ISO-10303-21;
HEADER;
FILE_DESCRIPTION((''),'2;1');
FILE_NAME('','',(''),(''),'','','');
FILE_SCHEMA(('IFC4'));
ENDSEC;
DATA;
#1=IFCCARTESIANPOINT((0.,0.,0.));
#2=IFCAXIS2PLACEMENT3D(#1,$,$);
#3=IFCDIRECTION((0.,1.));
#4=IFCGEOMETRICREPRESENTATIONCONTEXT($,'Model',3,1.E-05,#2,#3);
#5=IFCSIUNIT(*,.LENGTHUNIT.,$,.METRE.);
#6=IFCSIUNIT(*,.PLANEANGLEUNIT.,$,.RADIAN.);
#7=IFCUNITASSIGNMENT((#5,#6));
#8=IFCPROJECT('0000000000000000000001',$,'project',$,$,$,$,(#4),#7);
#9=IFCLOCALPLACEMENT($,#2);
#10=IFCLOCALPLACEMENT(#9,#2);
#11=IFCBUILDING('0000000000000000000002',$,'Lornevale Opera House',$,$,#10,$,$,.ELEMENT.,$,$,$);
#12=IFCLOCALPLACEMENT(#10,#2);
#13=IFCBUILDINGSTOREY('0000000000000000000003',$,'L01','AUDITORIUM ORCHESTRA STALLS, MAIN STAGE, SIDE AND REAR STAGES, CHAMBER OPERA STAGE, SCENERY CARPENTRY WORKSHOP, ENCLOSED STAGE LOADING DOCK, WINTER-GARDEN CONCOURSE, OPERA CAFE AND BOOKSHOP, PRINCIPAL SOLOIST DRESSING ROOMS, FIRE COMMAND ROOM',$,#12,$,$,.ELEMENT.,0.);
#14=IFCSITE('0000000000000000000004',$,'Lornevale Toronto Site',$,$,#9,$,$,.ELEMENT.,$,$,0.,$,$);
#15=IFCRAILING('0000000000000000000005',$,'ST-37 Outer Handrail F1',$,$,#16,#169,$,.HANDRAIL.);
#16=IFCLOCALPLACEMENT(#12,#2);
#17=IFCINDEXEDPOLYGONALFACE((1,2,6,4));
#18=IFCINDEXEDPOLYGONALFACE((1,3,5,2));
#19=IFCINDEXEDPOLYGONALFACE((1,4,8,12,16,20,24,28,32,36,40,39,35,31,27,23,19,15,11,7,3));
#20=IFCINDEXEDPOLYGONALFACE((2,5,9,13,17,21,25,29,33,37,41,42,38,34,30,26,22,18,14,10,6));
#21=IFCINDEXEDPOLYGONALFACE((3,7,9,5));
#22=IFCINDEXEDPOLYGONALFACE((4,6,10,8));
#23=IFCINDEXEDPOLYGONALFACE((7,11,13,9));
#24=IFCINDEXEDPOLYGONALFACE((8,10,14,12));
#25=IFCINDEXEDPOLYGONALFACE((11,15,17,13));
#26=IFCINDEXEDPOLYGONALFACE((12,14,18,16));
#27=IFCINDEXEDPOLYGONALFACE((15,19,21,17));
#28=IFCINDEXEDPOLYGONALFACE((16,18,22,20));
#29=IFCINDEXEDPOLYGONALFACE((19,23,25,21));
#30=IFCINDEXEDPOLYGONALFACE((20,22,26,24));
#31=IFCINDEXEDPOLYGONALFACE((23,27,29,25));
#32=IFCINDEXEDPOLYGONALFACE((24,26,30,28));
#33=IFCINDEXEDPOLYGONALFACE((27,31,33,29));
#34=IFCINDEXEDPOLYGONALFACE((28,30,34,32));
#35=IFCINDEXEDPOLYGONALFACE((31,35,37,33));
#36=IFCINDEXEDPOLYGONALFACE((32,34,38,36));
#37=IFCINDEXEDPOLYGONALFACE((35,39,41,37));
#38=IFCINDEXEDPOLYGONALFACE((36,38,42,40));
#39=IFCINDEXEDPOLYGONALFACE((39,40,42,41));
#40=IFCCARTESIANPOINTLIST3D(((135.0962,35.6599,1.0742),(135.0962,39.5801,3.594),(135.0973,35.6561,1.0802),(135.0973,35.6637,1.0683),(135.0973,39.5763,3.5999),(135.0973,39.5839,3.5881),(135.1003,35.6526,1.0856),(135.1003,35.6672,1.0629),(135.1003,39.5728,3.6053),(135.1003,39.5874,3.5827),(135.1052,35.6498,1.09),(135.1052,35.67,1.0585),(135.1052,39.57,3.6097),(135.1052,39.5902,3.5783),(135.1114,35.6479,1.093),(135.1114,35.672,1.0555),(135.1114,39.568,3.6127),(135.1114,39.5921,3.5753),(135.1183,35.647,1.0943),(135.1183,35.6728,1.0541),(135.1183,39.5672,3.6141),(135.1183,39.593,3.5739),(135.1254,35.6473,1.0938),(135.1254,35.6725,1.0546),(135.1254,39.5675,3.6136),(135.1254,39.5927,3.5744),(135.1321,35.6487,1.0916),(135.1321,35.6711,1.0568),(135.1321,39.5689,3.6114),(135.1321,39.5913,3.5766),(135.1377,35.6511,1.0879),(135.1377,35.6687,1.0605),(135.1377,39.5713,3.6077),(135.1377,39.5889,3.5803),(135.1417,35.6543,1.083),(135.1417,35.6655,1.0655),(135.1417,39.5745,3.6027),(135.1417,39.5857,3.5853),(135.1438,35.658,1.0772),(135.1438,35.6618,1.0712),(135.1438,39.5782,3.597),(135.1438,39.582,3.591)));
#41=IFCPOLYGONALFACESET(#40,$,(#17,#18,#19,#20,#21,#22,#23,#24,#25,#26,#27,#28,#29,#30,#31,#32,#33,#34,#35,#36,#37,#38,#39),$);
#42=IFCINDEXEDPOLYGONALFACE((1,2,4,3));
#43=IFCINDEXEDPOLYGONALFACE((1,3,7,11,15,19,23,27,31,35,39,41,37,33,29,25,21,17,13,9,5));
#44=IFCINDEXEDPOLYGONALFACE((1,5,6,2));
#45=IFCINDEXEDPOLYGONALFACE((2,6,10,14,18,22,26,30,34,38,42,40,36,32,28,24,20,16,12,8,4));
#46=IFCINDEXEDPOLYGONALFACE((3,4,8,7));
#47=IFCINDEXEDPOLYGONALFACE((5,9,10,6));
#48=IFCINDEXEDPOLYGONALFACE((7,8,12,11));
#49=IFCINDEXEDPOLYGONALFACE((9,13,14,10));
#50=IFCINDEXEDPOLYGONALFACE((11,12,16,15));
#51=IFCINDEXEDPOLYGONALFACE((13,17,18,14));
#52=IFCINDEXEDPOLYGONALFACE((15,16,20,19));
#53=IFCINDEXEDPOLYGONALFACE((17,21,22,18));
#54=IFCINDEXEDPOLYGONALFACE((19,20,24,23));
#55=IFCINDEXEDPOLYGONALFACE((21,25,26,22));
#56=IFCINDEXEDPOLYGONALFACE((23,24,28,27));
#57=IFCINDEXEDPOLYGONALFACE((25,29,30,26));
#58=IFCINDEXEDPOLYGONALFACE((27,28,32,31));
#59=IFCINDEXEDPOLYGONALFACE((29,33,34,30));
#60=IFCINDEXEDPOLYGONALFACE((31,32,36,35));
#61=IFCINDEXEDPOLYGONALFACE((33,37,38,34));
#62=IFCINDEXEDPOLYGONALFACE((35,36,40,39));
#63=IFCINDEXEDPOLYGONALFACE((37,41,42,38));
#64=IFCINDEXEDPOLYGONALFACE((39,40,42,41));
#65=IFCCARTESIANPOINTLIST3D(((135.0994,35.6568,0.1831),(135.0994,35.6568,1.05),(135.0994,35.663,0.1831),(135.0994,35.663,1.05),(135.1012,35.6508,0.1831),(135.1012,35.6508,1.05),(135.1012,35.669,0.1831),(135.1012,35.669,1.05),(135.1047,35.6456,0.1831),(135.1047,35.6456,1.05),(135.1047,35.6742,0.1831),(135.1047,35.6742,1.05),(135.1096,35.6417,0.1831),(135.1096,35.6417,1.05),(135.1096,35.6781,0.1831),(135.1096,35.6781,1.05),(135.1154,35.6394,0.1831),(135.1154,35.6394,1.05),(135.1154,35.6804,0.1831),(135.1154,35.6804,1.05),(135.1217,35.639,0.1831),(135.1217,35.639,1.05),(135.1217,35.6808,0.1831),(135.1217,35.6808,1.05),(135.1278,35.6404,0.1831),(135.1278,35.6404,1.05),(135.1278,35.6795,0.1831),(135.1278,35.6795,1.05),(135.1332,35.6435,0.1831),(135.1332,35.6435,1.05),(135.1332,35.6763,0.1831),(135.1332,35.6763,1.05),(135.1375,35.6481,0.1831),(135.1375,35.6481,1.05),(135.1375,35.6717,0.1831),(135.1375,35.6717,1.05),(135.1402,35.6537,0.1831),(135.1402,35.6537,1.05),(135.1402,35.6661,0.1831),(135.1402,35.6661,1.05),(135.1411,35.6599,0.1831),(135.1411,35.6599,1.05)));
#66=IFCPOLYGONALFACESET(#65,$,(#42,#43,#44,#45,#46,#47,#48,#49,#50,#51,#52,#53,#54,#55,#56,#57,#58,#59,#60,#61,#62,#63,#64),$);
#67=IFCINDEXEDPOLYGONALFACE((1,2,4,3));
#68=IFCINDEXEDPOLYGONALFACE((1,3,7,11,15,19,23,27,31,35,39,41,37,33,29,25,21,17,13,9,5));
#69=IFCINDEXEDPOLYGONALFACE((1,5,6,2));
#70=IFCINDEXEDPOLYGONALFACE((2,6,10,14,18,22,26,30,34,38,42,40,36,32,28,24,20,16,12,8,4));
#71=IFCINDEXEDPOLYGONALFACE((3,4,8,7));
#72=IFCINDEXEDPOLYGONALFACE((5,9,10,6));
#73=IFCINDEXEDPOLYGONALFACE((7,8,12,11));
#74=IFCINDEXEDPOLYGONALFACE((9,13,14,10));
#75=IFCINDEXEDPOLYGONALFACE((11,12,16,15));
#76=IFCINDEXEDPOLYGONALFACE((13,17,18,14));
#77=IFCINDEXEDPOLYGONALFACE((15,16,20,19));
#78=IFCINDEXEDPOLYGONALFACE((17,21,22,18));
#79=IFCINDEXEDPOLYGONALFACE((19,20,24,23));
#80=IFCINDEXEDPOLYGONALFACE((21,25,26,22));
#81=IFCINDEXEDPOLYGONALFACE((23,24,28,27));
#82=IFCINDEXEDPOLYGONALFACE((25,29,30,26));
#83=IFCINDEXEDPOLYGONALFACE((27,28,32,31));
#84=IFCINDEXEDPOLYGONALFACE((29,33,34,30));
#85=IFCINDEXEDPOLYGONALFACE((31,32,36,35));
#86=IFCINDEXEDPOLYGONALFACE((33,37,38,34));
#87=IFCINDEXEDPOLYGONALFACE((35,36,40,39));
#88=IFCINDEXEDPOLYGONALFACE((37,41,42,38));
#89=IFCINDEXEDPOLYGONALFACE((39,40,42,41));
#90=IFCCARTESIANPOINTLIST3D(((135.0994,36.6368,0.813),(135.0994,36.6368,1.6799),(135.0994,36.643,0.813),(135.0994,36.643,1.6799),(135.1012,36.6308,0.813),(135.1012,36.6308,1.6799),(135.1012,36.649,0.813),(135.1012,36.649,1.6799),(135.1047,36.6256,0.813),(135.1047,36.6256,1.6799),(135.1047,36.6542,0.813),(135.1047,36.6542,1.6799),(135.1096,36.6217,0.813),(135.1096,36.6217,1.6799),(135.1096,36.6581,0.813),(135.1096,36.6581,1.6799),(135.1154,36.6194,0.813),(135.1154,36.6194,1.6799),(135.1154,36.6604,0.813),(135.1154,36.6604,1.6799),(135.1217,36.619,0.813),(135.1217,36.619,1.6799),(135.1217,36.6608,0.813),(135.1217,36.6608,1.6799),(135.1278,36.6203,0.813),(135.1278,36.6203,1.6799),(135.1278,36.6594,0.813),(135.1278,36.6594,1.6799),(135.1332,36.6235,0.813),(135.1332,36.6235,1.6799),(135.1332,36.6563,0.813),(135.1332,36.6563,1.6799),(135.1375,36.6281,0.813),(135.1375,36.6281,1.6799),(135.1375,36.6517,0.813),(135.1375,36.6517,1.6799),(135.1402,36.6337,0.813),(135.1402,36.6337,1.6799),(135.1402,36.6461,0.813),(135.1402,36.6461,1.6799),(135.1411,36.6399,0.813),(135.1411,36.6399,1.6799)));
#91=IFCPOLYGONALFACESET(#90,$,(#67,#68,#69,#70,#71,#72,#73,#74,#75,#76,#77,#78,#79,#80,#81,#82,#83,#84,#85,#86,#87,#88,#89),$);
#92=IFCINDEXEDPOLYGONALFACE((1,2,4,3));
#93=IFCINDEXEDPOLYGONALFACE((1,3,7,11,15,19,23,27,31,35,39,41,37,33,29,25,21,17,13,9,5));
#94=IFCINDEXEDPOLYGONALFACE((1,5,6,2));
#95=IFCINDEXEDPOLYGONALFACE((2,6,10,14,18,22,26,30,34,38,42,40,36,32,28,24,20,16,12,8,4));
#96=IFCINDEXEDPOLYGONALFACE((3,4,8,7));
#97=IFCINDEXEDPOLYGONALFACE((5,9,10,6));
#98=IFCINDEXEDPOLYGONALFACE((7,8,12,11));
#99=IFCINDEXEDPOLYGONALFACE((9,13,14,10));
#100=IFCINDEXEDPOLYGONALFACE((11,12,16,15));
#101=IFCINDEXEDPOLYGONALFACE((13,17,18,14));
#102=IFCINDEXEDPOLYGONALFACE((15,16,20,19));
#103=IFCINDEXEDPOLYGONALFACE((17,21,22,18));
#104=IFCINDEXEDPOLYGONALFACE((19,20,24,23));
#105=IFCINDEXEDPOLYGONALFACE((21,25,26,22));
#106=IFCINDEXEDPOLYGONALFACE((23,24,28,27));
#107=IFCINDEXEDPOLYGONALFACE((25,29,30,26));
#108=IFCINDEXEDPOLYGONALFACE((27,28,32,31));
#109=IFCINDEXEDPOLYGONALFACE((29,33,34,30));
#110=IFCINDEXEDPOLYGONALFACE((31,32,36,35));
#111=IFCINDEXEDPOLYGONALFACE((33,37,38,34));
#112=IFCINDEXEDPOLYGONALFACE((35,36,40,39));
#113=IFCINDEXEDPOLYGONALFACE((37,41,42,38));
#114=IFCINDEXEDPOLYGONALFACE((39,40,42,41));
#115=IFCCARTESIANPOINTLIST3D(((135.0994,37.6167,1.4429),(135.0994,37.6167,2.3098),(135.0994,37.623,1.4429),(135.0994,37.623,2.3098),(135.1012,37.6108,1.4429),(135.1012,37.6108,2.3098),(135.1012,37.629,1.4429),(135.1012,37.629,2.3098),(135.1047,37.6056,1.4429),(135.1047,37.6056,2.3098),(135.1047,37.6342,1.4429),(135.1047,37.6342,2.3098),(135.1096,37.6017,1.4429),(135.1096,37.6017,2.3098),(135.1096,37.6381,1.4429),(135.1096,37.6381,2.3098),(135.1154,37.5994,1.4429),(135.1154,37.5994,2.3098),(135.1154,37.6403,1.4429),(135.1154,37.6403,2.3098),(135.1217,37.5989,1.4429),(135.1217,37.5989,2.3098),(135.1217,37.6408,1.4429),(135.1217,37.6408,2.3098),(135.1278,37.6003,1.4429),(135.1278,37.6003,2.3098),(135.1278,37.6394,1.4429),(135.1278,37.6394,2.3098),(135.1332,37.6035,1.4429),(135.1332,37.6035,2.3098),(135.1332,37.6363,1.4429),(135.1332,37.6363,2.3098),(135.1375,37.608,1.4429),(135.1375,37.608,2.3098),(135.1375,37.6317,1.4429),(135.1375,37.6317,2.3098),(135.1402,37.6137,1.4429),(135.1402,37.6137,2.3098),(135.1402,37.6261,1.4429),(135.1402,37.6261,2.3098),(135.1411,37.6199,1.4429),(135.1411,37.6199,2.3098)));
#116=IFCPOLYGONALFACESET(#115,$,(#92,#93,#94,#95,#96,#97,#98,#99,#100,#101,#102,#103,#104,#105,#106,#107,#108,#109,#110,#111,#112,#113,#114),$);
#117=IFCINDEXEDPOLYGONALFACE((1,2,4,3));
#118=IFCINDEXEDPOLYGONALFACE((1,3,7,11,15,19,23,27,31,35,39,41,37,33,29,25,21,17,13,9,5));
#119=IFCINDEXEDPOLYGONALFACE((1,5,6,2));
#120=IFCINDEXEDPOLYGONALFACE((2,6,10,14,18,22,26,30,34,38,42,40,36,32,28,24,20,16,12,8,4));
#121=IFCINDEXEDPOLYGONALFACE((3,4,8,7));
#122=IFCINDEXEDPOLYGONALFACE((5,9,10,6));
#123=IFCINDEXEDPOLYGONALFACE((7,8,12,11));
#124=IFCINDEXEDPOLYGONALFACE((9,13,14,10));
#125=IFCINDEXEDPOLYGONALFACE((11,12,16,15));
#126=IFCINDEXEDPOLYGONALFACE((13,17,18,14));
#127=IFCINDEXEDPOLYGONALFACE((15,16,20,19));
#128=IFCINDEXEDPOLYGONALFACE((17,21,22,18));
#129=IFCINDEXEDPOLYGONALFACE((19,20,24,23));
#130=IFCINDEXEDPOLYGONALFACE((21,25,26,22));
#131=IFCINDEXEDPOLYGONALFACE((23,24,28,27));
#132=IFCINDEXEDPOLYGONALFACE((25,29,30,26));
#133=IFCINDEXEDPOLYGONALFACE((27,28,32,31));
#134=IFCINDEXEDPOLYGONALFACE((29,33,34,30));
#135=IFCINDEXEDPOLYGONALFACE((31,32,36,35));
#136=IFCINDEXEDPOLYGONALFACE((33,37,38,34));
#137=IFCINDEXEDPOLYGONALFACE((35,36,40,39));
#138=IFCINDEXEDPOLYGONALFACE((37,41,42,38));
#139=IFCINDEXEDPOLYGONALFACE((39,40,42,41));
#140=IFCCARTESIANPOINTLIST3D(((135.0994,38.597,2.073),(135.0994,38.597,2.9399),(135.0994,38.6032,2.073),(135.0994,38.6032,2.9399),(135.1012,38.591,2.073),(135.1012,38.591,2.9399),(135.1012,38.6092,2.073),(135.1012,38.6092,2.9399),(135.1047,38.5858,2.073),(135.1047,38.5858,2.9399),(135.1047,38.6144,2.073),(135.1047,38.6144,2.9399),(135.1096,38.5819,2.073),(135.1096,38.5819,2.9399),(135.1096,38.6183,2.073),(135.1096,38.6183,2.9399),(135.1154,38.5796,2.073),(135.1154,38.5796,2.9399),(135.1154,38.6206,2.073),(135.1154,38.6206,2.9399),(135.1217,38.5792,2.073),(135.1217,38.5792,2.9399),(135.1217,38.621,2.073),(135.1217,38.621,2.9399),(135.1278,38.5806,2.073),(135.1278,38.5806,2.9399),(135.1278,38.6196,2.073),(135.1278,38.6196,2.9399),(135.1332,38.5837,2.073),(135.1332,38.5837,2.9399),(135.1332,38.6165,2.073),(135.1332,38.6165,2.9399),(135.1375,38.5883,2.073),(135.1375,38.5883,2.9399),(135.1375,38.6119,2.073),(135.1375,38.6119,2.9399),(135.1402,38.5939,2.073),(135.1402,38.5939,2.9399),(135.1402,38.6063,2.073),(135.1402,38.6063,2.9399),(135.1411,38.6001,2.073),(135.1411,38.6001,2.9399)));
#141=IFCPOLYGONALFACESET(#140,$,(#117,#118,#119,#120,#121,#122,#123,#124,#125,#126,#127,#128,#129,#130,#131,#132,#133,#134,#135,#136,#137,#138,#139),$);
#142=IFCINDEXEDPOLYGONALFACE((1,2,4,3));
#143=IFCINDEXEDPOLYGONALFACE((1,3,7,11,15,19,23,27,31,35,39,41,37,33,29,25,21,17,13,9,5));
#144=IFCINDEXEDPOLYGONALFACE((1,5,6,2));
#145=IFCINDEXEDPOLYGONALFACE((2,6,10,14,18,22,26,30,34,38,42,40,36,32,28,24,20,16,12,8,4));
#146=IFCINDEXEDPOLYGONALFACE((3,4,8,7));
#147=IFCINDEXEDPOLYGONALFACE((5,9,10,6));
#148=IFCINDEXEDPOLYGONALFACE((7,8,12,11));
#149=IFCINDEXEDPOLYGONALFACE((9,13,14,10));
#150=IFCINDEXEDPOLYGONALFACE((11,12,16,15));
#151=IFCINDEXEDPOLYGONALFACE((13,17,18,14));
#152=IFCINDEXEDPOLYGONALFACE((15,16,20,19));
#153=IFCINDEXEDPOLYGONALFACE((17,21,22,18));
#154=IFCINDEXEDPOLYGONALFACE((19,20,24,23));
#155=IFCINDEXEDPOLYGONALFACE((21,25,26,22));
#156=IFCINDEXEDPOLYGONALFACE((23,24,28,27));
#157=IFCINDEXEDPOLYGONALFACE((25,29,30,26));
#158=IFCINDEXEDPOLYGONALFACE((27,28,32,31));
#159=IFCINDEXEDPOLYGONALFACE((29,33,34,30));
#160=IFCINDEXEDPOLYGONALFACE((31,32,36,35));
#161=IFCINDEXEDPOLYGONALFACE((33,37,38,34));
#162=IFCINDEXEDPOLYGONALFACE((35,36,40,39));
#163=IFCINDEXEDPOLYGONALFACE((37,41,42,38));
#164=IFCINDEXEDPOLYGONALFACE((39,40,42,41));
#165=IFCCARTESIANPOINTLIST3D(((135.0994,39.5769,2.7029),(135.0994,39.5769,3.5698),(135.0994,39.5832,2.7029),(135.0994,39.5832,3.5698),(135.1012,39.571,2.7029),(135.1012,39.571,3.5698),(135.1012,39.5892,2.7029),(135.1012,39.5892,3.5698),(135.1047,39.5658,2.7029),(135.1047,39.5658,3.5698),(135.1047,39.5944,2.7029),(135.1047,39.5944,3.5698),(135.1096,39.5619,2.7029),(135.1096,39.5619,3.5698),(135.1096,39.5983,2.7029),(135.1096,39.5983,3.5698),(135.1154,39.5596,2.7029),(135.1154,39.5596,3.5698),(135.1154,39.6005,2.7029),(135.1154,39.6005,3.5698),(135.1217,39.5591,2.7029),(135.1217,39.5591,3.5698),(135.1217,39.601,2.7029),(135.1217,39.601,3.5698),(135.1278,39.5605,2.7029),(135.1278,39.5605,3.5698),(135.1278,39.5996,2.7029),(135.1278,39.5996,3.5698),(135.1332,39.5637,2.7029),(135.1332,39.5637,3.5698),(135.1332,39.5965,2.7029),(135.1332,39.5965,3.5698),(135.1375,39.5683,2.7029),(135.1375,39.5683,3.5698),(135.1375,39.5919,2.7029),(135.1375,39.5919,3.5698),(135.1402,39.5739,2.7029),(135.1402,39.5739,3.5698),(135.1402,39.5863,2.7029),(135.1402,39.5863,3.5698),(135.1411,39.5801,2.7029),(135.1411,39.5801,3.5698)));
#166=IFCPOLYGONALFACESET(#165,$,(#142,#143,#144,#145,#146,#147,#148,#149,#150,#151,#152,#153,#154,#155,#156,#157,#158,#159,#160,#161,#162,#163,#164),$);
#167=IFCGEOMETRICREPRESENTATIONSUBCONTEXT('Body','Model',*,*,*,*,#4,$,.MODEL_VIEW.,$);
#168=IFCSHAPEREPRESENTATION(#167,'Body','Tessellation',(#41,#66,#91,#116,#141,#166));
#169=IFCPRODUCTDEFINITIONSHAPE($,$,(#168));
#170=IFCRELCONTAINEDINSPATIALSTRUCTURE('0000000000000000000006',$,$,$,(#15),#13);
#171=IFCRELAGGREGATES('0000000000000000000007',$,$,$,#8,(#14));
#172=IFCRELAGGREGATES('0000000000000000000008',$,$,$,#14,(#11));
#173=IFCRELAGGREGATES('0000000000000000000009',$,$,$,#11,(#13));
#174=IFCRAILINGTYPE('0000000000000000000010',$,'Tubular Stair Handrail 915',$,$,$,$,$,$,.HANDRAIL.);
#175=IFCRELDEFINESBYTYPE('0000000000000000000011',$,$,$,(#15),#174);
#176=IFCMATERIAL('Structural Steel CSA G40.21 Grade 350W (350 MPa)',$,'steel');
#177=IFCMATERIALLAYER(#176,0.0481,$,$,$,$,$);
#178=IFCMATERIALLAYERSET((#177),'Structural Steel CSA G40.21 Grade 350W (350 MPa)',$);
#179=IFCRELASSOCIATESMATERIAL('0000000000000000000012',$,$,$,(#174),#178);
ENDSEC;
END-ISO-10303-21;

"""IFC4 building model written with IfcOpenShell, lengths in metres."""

from ifc_helpers import new_model, si_unit, direction, frame, origin, origin_2d, place, context, subcontext, project, spatial, circle, extrude, material, layer, layer_set, type_object, element, save


model = new_model("IFC4")

# Units and contexts
model_context = context("Model", 3, precision=1e-05, world=origin(), true_north=direction((0.0, 1.0)))
body_context = subcontext(model_context, "Body", "Model", "MODEL_VIEW")
ifc_project = project(units=[si_unit("LENGTHUNIT", "METRE"), si_unit("PLANEANGLEUNIT", "RADIAN")], contexts=[model_context])

# Site, building, storey
site_placement = place(None, origin())
site = spatial("IfcSite", under=ifc_project, at=site_placement, Name="Lornevale Toronto Site", CompositionType="ELEMENT", RefElevation=0.0)
building_placement = place(site_placement, origin())
building = spatial("IfcBuilding", under=site, at=building_placement, Name="Lornevale Opera House", CompositionType="ELEMENT")
storey_placement = place(building_placement, origin())
storey = spatial("IfcBuildingStorey", under=building, at=storey_placement, Name="L01", Description="AUDITORIUM ORCHESTRA STALLS, MAIN STAGE, SIDE AND REAR STAGES, CHAMBER OPERA STAGE, SCENERY CARPENTRY WORKSHOP, ENCLOSED STAGE LOADING DOCK, WINTER-GARDEN CONCOURSE, OPERA CAFE AND BOOKSHOP, PRINCIPAL SOLOIST DRESSING ROOMS, FIRE COMMAND ROOM", CompositionType="ELEMENT", Elevation=0.0)

# Railing
ifc_material_1 = material(Name="Structural Steel CSA G40.21 Grade 350W (350 MPa)", Category="steel")
ifc_layer_1 = layer(ifc_material_1, 0.0481)
ifc_layer_set_1 = layer_set([ifc_layer_1], Name="Structural Steel CSA G40.21 Grade 350W (350 MPa)")
railing_type_1 = type_object("IfcRailingType", Name="Tubular Stair Handrail 915", PredefinedType="HANDRAIL", material=ifc_layer_set_1)
railing_1_placement = place(storey_placement, frame((135.1201, 35.6599, 0.1831)))
element("IfcRailing", 1, at=railing_1_placement, inside=storey, type_object=railing_type_1, Name="ST-37 Outer Handrail F1", PredefinedType="HANDRAIL", context=body_context, shape_type="SweptSolid", body=[
    extrude(circle(Radius=0.0239, at=origin_2d()), frame((0.0, 0.0, 0.8911), z_axis=(0.0, 0.841211, 0.540707), x_axis=(-1.0, 0.0, 0.0)), (0.0, 0.0, 1.0), 4.6602),
    extrude(circle(Radius=0.021, at=origin_2d()), origin(), (0.0, 0.0, 1.0), 0.8669),
    extrude(circle(Radius=0.021, at=origin_2d()), frame((0.0, 0.98, 0.6299)), (0.0, 0.0, 1.0), 0.8669),
    extrude(circle(Radius=0.021, at=origin_2d()), frame((0.0, 1.96, 1.2598)), (0.0, 0.0, 1.0), 0.8669),
    extrude(circle(Radius=0.021, at=origin_2d()), frame((0.0, 2.9402, 1.8899)), (0.0, 0.0, 1.0), 0.8669),
    extrude(circle(Radius=0.021, at=origin_2d()), frame((0.0, 3.9202, 2.5198)), (0.0, 0.0, 1.0), 0.8669),
])

save(model, "model.ifc")
